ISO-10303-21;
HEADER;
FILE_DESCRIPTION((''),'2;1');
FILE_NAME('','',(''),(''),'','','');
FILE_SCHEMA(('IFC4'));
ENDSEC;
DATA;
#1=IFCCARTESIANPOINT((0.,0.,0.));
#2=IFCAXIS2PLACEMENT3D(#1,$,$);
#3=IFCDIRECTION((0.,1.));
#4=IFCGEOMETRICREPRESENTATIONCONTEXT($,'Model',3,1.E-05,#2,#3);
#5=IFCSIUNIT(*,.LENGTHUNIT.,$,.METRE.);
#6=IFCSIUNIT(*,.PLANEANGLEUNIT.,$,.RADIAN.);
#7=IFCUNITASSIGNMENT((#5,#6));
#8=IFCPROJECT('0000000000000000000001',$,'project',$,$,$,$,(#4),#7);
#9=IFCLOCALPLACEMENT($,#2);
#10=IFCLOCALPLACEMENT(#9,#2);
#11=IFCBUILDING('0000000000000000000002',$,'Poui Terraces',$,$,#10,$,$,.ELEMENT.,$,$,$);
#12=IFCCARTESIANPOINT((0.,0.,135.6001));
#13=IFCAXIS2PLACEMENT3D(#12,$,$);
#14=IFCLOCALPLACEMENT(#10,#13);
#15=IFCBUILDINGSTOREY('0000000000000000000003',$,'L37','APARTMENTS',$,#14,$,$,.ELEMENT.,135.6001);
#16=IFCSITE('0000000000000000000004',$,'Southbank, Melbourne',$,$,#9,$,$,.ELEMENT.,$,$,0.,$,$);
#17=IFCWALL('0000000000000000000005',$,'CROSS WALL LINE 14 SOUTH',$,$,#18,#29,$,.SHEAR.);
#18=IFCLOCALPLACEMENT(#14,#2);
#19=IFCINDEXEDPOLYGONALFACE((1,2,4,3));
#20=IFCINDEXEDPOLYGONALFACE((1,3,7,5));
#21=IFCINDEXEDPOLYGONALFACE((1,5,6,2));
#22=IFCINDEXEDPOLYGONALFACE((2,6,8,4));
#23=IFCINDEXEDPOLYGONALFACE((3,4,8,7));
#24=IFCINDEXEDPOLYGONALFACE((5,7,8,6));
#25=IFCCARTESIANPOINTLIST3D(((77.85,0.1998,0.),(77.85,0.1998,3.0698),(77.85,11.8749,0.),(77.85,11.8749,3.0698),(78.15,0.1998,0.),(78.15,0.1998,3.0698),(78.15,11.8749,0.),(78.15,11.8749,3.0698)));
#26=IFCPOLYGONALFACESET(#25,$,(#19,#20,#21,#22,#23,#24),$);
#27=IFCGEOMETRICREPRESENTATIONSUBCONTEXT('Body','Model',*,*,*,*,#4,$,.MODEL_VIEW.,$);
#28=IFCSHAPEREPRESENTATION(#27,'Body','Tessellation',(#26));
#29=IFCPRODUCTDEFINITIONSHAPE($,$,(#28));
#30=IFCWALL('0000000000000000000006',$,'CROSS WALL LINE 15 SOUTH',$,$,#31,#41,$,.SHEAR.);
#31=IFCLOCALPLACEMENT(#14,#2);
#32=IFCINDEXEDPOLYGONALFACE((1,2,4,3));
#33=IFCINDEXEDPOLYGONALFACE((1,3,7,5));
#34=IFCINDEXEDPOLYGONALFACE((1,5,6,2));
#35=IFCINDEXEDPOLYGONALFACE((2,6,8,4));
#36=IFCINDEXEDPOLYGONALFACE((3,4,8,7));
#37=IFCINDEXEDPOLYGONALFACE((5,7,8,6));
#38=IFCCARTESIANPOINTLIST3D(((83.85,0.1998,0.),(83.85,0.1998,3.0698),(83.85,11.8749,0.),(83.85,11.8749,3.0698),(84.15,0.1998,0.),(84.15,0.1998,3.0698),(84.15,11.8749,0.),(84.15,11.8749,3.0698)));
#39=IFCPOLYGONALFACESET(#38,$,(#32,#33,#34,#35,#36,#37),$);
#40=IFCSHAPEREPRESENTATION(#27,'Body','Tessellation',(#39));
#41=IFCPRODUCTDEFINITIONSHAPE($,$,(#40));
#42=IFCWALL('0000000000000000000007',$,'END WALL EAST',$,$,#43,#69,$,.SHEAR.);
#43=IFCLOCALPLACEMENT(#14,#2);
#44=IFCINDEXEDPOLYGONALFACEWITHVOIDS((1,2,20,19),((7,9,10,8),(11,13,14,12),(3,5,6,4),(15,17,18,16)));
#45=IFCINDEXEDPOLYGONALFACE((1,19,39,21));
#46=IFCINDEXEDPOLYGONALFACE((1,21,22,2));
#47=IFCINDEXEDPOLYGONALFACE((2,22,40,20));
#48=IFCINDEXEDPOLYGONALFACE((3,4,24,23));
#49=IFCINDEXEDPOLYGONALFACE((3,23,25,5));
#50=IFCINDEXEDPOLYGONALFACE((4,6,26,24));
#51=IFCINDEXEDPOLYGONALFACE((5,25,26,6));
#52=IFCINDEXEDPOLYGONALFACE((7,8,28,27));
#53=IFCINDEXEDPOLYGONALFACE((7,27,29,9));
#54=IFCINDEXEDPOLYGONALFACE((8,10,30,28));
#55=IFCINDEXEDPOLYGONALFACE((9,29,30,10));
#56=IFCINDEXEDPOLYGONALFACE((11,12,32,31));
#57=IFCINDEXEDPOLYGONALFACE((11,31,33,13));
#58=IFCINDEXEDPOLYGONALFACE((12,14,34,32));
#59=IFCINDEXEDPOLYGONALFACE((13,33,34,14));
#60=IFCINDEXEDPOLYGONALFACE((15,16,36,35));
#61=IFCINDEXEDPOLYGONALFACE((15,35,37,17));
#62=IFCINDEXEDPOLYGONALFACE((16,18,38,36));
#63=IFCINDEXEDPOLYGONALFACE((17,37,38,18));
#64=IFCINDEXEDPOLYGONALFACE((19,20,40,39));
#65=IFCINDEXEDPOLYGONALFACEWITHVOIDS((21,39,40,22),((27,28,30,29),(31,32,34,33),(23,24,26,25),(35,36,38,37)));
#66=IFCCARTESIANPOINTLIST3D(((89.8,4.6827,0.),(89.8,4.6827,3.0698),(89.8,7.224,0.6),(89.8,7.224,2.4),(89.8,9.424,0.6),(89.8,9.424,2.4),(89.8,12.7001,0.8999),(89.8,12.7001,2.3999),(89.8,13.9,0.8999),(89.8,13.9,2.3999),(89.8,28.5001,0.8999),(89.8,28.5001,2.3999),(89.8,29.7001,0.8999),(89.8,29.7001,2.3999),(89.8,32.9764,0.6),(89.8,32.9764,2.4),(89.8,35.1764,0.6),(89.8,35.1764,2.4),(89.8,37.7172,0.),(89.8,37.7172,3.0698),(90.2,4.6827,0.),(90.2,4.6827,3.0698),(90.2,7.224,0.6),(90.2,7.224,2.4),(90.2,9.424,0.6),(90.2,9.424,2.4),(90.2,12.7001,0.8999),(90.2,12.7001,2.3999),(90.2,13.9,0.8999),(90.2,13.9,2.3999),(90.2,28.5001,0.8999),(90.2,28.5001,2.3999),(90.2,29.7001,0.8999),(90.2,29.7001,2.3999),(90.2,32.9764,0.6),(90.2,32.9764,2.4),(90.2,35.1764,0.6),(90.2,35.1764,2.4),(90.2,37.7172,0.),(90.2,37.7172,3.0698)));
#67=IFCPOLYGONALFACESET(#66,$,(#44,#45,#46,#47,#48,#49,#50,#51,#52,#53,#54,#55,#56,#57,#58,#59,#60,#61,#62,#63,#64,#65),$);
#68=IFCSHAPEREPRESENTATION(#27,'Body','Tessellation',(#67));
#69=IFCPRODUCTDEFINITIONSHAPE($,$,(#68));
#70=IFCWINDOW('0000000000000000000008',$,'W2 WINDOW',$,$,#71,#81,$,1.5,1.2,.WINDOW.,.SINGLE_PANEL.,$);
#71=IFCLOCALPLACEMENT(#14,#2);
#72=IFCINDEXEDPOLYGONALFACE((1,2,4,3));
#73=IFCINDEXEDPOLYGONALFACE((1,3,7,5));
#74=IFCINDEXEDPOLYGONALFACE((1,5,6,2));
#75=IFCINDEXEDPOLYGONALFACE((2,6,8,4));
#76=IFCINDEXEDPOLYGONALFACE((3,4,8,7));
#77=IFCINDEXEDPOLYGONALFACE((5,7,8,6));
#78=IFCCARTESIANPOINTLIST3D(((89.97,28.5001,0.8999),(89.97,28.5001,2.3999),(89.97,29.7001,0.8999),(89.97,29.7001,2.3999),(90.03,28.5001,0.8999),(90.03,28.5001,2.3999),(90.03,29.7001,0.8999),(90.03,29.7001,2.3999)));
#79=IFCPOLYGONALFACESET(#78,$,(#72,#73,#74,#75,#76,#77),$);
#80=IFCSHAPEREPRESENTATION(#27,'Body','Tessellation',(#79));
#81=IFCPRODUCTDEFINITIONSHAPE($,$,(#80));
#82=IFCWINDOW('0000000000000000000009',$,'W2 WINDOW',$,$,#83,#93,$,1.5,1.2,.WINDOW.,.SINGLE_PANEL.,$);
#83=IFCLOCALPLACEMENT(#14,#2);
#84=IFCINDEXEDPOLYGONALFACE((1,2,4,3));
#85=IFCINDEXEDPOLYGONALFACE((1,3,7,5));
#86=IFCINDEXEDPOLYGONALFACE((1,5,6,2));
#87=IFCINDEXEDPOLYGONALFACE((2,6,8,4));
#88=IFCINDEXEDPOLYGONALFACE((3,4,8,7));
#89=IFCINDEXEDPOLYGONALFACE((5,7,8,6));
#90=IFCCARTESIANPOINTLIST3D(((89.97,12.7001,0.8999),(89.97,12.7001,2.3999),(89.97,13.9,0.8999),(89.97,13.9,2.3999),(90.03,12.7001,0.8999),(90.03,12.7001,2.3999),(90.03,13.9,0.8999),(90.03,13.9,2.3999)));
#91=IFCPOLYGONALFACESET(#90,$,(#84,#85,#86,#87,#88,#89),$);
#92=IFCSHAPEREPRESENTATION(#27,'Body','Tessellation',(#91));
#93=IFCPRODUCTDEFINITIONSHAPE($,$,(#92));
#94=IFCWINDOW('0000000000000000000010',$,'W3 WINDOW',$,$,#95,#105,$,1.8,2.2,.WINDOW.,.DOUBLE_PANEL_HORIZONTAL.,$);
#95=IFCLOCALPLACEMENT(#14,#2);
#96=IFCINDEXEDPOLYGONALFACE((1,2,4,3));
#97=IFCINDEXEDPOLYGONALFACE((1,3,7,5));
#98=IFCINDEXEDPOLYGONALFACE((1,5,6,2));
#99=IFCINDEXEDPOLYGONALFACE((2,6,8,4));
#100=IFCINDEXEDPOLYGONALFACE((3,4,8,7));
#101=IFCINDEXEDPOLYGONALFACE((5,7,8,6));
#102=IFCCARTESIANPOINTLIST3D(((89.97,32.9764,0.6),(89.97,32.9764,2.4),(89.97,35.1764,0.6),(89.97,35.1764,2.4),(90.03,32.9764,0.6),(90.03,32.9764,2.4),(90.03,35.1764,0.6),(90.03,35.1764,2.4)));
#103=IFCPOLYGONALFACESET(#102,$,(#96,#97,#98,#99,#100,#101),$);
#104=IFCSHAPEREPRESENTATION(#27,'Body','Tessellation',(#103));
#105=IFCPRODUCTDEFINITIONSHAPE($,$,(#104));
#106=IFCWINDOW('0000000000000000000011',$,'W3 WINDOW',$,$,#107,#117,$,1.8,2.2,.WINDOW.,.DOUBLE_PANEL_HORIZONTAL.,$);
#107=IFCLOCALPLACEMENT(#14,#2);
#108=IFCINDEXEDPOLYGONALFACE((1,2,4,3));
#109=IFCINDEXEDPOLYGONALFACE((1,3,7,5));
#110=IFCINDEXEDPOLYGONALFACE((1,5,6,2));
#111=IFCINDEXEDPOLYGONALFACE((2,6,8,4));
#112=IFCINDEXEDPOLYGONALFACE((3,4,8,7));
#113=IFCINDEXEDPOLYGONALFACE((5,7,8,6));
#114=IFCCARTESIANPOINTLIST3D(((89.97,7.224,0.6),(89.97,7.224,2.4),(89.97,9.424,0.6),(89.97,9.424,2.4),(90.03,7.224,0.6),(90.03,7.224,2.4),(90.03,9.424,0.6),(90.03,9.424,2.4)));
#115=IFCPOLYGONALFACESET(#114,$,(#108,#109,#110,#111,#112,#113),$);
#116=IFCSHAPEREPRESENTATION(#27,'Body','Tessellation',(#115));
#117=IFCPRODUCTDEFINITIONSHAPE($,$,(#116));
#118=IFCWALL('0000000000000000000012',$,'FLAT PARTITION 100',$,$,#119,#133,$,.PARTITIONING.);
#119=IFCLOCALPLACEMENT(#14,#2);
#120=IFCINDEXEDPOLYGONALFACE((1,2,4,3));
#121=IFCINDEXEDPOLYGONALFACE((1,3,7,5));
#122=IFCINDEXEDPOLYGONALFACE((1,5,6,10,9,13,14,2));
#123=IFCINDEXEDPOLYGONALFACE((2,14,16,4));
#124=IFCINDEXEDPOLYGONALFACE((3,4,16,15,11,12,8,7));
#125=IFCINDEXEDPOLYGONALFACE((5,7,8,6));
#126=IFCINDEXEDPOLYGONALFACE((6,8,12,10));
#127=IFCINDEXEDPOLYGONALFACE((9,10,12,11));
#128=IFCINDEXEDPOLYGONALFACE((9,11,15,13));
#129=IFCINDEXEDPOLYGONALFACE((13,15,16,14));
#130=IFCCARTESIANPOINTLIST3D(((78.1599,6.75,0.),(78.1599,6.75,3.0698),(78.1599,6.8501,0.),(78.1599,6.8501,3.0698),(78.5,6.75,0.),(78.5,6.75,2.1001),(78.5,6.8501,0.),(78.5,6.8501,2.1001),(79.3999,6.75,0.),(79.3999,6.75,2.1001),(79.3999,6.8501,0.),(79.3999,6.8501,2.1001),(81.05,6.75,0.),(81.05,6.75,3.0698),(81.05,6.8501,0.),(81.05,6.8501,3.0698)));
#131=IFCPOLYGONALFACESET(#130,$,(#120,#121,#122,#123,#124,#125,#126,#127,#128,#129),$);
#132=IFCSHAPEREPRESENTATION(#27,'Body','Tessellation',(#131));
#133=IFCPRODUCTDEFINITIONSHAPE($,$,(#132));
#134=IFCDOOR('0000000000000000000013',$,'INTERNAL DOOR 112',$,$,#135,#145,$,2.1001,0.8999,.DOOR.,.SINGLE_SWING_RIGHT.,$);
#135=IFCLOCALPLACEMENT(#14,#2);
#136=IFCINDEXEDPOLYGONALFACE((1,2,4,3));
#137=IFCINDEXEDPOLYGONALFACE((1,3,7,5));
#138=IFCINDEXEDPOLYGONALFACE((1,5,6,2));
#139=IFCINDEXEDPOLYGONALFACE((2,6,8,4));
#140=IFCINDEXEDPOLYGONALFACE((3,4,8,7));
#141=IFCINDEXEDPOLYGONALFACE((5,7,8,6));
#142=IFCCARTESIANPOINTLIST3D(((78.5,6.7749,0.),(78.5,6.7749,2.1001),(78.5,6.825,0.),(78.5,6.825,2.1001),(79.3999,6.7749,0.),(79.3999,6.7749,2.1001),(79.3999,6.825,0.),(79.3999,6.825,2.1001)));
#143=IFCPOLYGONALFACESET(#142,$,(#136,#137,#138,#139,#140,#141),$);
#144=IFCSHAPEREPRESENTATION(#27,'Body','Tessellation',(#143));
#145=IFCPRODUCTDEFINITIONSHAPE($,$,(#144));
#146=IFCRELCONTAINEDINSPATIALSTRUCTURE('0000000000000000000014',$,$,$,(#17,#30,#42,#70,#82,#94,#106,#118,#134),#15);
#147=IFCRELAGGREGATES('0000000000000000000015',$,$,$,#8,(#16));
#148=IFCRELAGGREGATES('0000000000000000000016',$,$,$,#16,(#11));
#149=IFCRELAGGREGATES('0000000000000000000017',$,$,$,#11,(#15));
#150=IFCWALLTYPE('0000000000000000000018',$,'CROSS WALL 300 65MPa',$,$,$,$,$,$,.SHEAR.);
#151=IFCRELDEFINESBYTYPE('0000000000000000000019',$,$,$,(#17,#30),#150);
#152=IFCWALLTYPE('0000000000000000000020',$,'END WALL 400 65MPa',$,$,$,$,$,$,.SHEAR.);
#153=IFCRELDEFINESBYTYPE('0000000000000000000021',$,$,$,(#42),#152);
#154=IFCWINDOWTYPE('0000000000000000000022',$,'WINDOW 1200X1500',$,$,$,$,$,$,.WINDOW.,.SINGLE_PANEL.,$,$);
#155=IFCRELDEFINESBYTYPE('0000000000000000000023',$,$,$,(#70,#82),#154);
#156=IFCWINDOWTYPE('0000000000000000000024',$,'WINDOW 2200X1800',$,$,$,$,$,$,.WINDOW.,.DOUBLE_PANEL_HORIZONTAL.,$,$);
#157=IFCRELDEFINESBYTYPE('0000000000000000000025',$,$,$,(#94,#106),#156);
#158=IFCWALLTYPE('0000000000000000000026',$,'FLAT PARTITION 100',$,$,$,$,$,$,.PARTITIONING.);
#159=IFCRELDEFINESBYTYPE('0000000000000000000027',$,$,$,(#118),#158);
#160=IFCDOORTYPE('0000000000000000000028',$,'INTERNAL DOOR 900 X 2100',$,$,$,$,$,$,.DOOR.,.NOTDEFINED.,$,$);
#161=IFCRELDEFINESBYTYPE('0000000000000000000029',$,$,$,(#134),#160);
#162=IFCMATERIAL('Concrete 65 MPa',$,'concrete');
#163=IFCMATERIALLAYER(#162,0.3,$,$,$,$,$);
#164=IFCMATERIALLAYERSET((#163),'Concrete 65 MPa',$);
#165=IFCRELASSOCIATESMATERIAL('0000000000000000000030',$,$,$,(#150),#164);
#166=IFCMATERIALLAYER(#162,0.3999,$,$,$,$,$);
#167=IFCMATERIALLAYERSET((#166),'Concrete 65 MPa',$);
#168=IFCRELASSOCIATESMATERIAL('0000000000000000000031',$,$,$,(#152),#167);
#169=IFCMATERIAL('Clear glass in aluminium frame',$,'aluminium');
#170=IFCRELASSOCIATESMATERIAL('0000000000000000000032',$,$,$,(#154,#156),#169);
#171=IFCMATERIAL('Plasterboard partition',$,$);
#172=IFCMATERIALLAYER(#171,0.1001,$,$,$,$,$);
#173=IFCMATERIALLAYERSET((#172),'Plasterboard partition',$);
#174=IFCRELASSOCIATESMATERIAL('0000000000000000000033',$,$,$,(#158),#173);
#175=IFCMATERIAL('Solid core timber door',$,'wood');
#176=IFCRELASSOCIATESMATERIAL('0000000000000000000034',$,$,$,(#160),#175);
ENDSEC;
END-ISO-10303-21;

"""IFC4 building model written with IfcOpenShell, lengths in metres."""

from ifc_helpers import new_model, si_unit, direction, frame, frame_2d, origin, place, context, subcontext, project, spatial, rectangle, extrude, material, layer, layer_set, type_object, element, fill, save


model = new_model("IFC4")

# Units and contexts
model_context = context("Model", 3, precision=1e-05, world=origin(), true_north=direction((0.0, 1.0)))
body_context = subcontext(model_context, "Body", "Model", "MODEL_VIEW")
ifc_project = project(units=[si_unit("LENGTHUNIT", "METRE"), si_unit("PLANEANGLEUNIT", "RADIAN")], contexts=[model_context])

# Site, building, storey
site_placement = place(None, origin())
site = spatial("IfcSite", under=ifc_project, at=site_placement, Name="Southbank, Melbourne", CompositionType="ELEMENT", RefElevation=0.0)
building_placement = place(site_placement, origin())
building = spatial("IfcBuilding", under=site, at=building_placement, Name="Poui Terraces", CompositionType="ELEMENT")
storey_placement = place(building_placement, frame((0.0, 0.0, 135.6001)))
storey = spatial("IfcBuildingStorey", under=building, at=storey_placement, Name="L37", Description="APARTMENTS", CompositionType="ELEMENT", Elevation=135.6001)

# Walls
ifc_material_1 = material(Name="Concrete 65 MPa", Category="concrete")
ifc_layer_1 = layer(ifc_material_1, 0.3)
ifc_layer_set_1 = layer_set([ifc_layer_1], Name="Concrete 65 MPa")
wall_type_1 = type_object("IfcWallType", Name="CROSS WALL 300 65MPa", PredefinedType="SHEAR", material=ifc_layer_set_1)
for number, where, z_axis, x_axis, name in (
    (1, (78.0, 0.2, 0.0), (0.0, 0.0, 1.0), (0.0, 1.0, 0.0), "CROSS WALL LINE 14 SOUTH"),
    (2, (84.0, 0.2, 0.0), (0.0, 0.0, 1.0), (0.0, 1.0, 0.0), "CROSS WALL LINE 15 SOUTH"),
):
    element("IfcWall", number, at=place(storey_placement, frame(where, z_axis=z_axis, x_axis=x_axis)), inside=storey, type_object=wall_type_1, Name=name, PredefinedType="SHEAR", context=body_context, shape_type="SweptSolid", body=[
        extrude(rectangle(XDim=11.675, YDim=0.3, at=frame_2d((5.8374, 0.0))), origin(), (0.0, 0.0, 1.0), 3.0698),
    ])

# Wall, openings, windows
ifc_layer_2 = layer(ifc_material_1, 0.3999)
ifc_layer_set_2 = layer_set([ifc_layer_2], Name="Concrete 65 MPa")
wall_type_2 = type_object("IfcWallType", Name="END WALL 400 65MPa", PredefinedType="SHEAR", material=ifc_layer_set_2)
wall_1_placement = place(storey_placement, frame((90.0, 4.6829, 0.0), z_axis=(0.0, 0.0, 1.0), x_axis=(0.0, 1.0, 0.0)))
wall_1 = element("IfcWall", 3, at=wall_1_placement, inside=storey, type_object=wall_type_2, Name="END WALL EAST", PredefinedType="SHEAR", context=body_context, shape_type="SweptSolid", body=[
    extrude(rectangle(XDim=33.0344, YDim=0.3999, at=frame_2d((16.5171, 0.0))), origin(), (0.0, 0.0, 1.0), 3.0698),
])
opening_1_placement = place(wall_1_placement, frame((23.8171, 0.0, 0.8999)))
opening_1 = element("IfcOpeningElement", 4, at=opening_1_placement, cuts=wall_1, PredefinedType="OPENING", context=body_context, shape_type="SweptSolid", body=[
    extrude(rectangle(XDim=1.2, YDim=1.5, at=frame_2d((0.6001, 0.75))), frame((0.0, 0.21, 0.0), z_axis=(0.0, -1.0, 0.0), x_axis=(1.0, 0.0, 0.0)), (0.0, 0.0, 1.0), 0.4199),
])
opening_2_placement = place(wall_1_placement, frame((8.0171, 0.0, 0.8999)))
opening_2 = element("IfcOpeningElement", 5, at=opening_2_placement, cuts=wall_1, PredefinedType="OPENING", context=body_context, shape_type="SweptSolid", body=[
    extrude(rectangle(XDim=1.2, YDim=1.5, at=frame_2d((0.6001, 0.75))), frame((0.0, 0.21, 0.0), z_axis=(0.0, -1.0, 0.0), x_axis=(1.0, 0.0, 0.0)), (0.0, 0.0, 1.0), 0.4199),
])
opening_3_placement = place(wall_1_placement, frame((28.2935, 0.0, 0.6001)))
opening_3 = element("IfcOpeningElement", 6, at=opening_3_placement, cuts=wall_1, PredefinedType="OPENING", context=body_context, shape_type="SweptSolid", body=[
    extrude(rectangle(XDim=2.2, YDim=1.8, at=frame_2d((1.1001, 0.8999))), frame((0.0, 0.21, 0.0), z_axis=(0.0, -1.0, 0.0), x_axis=(1.0, 0.0, 0.0)), (0.0, 0.0, 1.0), 0.4199),
])
opening_4_placement = place(wall_1_placement, frame((2.541, 0.0, 0.6001)))
opening_4 = element("IfcOpeningElement", 7, at=opening_4_placement, cuts=wall_1, PredefinedType="OPENING", context=body_context, shape_type="SweptSolid", body=[
    extrude(rectangle(XDim=2.2, YDim=1.8, at=frame_2d((1.1001, 0.8999))), frame((0.0, 0.21, 0.0), z_axis=(0.0, -1.0, 0.0), x_axis=(1.0, 0.0, 0.0)), (0.0, 0.0, 1.0), 0.4199),
])
ifc_material_2 = material(Name="Clear glass in aluminium frame", Category="aluminium")
window_type_1 = type_object("IfcWindowType", Name="WINDOW 1200X1500", PartitioningType="SINGLE_PANEL", PredefinedType="WINDOW", material=ifc_material_2)
window_1_placement = place(opening_1_placement, origin())
window_1 = element("IfcWindow", 8, at=window_1_placement, inside=storey, type_object=window_type_1, Name="W2 WINDOW", OverallHeight=1.5, OverallWidth=1.2, PartitioningType="SINGLE_PANEL", PredefinedType="WINDOW", context=body_context, shape_type="SweptSolid", body=[
    extrude(rectangle(XDim=1.2, YDim=1.5, at=frame_2d((0.6001, 0.75))), frame((0.0, 0.03, 0.0), z_axis=(0.0, -1.0, 0.0), x_axis=(1.0, 0.0, 0.0)), (0.0, 0.0, 1.0), 0.0601),
])
fill(opening_1, window_1)
window_2_placement = place(opening_2_placement, origin())
window_2 = element("IfcWindow", 9, at=window_2_placement, inside=storey, type_object=window_type_1, Name="W2 WINDOW", OverallHeight=1.5, OverallWidth=1.2, PartitioningType="SINGLE_PANEL", PredefinedType="WINDOW", context=body_context, shape_type="SweptSolid", body=[
    extrude(rectangle(XDim=1.2, YDim=1.5, at=frame_2d((0.6001, 0.75))), frame((0.0, 0.03, 0.0), z_axis=(0.0, -1.0, 0.0), x_axis=(1.0, 0.0, 0.0)), (0.0, 0.0, 1.0), 0.0601),
])
fill(opening_2, window_2)
window_type_2 = type_object("IfcWindowType", Name="WINDOW 2200X1800", PartitioningType="DOUBLE_PANEL_HORIZONTAL", PredefinedType="WINDOW", material=ifc_material_2)
window_3_placement = place(opening_3_placement, origin())
window_3 = element("IfcWindow", 10, at=window_3_placement, inside=storey, type_object=window_type_2, Name="W3 WINDOW", OverallHeight=1.8, OverallWidth=2.2, PartitioningType="DOUBLE_PANEL_HORIZONTAL", PredefinedType="WINDOW", context=body_context, shape_type="SweptSolid", body=[
    extrude(rectangle(XDim=2.2, YDim=1.8, at=frame_2d((1.1001, 0.8999))), frame((0.0, 0.03, 0.0), z_axis=(0.0, -1.0, 0.0), x_axis=(1.0, 0.0, 0.0)), (0.0, 0.0, 1.0), 0.0601),
])
fill(opening_3, window_3)
window_4_placement = place(opening_4_placement, origin())
window_4 = element("IfcWindow", 11, at=window_4_placement, inside=storey, type_object=window_type_2, Name="W3 WINDOW", OverallHeight=1.8, OverallWidth=2.2, PartitioningType="DOUBLE_PANEL_HORIZONTAL", PredefinedType="WINDOW", context=body_context, shape_type="SweptSolid", body=[
    extrude(rectangle(XDim=2.2, YDim=1.8, at=frame_2d((1.1001, 0.8999))), frame((0.0, 0.03, 0.0), z_axis=(0.0, -1.0, 0.0), x_axis=(1.0, 0.0, 0.0)), (0.0, 0.0, 1.0), 0.0601),
])
fill(opening_4, window_4)

# Wall, opening, door
ifc_material_3 = material(Name="Plasterboard partition")
ifc_layer_3 = layer(ifc_material_3, 0.1001)
ifc_layer_set_3 = layer_set([ifc_layer_3], Name="Plasterboard partition")
wall_type_3 = type_object("IfcWallType", Name="FLAT PARTITION 100", PredefinedType="PARTITIONING", material=ifc_layer_set_3)
wall_2_placement = place(storey_placement, frame((78.1599, 6.8, 0.0), z_axis=(0.0, 0.0, 1.0), x_axis=(1.0, 0.0, 0.0)))
wall_2 = element("IfcWall", 12, at=wall_2_placement, inside=storey, type_object=wall_type_3, Name="FLAT PARTITION 100", PredefinedType="PARTITIONING", context=body_context, shape_type="SweptSolid", body=[
    extrude(rectangle(XDim=2.8901, YDim=0.1001, at=frame_2d((1.4451, 0.0))), origin(), (0.0, 0.0, 1.0), 3.0698),
])
opening_5_placement = place(wall_2_placement, frame((0.3401, 0.0, 0.0)))
opening_5 = element("IfcOpeningElement", 13, at=opening_5_placement, cuts=wall_2, PredefinedType="OPENING", context=body_context, shape_type="SweptSolid", body=[
    extrude(rectangle(XDim=0.8999, YDim=2.1001, at=frame_2d((0.45, 1.05))), frame((0.0, 0.0601, 0.0), z_axis=(0.0, -1.0, 0.0), x_axis=(1.0, 0.0, 0.0)), (0.0, 0.0, 1.0), 0.1201),
])
ifc_material_4 = material(Name="Solid core timber door", Category="wood")
door_type_1 = type_object("IfcDoorType", Name="INTERNAL DOOR 900 X 2100", OperationType="NOTDEFINED", PredefinedType="DOOR", material=ifc_material_4)
door_1_placement = place(opening_5_placement, origin())
door_1 = element("IfcDoor", 14, at=door_1_placement, inside=storey, type_object=door_type_1, Name="INTERNAL DOOR 112", OperationType="SINGLE_SWING_RIGHT", OverallHeight=2.1001, OverallWidth=0.8999, PredefinedType="DOOR", context=body_context, shape_type="SweptSolid", body=[
    extrude(rectangle(XDim=0.8999, YDim=2.1001, at=frame_2d((0.45, 1.05))), frame((0.0, 0.0249, 0.0), z_axis=(0.0, -1.0, 0.0), x_axis=(1.0, 0.0, 0.0)), (0.0, 0.0, 1.0), 0.05),
])
fill(opening_5, door_1)

save(model, "model.ifc")
